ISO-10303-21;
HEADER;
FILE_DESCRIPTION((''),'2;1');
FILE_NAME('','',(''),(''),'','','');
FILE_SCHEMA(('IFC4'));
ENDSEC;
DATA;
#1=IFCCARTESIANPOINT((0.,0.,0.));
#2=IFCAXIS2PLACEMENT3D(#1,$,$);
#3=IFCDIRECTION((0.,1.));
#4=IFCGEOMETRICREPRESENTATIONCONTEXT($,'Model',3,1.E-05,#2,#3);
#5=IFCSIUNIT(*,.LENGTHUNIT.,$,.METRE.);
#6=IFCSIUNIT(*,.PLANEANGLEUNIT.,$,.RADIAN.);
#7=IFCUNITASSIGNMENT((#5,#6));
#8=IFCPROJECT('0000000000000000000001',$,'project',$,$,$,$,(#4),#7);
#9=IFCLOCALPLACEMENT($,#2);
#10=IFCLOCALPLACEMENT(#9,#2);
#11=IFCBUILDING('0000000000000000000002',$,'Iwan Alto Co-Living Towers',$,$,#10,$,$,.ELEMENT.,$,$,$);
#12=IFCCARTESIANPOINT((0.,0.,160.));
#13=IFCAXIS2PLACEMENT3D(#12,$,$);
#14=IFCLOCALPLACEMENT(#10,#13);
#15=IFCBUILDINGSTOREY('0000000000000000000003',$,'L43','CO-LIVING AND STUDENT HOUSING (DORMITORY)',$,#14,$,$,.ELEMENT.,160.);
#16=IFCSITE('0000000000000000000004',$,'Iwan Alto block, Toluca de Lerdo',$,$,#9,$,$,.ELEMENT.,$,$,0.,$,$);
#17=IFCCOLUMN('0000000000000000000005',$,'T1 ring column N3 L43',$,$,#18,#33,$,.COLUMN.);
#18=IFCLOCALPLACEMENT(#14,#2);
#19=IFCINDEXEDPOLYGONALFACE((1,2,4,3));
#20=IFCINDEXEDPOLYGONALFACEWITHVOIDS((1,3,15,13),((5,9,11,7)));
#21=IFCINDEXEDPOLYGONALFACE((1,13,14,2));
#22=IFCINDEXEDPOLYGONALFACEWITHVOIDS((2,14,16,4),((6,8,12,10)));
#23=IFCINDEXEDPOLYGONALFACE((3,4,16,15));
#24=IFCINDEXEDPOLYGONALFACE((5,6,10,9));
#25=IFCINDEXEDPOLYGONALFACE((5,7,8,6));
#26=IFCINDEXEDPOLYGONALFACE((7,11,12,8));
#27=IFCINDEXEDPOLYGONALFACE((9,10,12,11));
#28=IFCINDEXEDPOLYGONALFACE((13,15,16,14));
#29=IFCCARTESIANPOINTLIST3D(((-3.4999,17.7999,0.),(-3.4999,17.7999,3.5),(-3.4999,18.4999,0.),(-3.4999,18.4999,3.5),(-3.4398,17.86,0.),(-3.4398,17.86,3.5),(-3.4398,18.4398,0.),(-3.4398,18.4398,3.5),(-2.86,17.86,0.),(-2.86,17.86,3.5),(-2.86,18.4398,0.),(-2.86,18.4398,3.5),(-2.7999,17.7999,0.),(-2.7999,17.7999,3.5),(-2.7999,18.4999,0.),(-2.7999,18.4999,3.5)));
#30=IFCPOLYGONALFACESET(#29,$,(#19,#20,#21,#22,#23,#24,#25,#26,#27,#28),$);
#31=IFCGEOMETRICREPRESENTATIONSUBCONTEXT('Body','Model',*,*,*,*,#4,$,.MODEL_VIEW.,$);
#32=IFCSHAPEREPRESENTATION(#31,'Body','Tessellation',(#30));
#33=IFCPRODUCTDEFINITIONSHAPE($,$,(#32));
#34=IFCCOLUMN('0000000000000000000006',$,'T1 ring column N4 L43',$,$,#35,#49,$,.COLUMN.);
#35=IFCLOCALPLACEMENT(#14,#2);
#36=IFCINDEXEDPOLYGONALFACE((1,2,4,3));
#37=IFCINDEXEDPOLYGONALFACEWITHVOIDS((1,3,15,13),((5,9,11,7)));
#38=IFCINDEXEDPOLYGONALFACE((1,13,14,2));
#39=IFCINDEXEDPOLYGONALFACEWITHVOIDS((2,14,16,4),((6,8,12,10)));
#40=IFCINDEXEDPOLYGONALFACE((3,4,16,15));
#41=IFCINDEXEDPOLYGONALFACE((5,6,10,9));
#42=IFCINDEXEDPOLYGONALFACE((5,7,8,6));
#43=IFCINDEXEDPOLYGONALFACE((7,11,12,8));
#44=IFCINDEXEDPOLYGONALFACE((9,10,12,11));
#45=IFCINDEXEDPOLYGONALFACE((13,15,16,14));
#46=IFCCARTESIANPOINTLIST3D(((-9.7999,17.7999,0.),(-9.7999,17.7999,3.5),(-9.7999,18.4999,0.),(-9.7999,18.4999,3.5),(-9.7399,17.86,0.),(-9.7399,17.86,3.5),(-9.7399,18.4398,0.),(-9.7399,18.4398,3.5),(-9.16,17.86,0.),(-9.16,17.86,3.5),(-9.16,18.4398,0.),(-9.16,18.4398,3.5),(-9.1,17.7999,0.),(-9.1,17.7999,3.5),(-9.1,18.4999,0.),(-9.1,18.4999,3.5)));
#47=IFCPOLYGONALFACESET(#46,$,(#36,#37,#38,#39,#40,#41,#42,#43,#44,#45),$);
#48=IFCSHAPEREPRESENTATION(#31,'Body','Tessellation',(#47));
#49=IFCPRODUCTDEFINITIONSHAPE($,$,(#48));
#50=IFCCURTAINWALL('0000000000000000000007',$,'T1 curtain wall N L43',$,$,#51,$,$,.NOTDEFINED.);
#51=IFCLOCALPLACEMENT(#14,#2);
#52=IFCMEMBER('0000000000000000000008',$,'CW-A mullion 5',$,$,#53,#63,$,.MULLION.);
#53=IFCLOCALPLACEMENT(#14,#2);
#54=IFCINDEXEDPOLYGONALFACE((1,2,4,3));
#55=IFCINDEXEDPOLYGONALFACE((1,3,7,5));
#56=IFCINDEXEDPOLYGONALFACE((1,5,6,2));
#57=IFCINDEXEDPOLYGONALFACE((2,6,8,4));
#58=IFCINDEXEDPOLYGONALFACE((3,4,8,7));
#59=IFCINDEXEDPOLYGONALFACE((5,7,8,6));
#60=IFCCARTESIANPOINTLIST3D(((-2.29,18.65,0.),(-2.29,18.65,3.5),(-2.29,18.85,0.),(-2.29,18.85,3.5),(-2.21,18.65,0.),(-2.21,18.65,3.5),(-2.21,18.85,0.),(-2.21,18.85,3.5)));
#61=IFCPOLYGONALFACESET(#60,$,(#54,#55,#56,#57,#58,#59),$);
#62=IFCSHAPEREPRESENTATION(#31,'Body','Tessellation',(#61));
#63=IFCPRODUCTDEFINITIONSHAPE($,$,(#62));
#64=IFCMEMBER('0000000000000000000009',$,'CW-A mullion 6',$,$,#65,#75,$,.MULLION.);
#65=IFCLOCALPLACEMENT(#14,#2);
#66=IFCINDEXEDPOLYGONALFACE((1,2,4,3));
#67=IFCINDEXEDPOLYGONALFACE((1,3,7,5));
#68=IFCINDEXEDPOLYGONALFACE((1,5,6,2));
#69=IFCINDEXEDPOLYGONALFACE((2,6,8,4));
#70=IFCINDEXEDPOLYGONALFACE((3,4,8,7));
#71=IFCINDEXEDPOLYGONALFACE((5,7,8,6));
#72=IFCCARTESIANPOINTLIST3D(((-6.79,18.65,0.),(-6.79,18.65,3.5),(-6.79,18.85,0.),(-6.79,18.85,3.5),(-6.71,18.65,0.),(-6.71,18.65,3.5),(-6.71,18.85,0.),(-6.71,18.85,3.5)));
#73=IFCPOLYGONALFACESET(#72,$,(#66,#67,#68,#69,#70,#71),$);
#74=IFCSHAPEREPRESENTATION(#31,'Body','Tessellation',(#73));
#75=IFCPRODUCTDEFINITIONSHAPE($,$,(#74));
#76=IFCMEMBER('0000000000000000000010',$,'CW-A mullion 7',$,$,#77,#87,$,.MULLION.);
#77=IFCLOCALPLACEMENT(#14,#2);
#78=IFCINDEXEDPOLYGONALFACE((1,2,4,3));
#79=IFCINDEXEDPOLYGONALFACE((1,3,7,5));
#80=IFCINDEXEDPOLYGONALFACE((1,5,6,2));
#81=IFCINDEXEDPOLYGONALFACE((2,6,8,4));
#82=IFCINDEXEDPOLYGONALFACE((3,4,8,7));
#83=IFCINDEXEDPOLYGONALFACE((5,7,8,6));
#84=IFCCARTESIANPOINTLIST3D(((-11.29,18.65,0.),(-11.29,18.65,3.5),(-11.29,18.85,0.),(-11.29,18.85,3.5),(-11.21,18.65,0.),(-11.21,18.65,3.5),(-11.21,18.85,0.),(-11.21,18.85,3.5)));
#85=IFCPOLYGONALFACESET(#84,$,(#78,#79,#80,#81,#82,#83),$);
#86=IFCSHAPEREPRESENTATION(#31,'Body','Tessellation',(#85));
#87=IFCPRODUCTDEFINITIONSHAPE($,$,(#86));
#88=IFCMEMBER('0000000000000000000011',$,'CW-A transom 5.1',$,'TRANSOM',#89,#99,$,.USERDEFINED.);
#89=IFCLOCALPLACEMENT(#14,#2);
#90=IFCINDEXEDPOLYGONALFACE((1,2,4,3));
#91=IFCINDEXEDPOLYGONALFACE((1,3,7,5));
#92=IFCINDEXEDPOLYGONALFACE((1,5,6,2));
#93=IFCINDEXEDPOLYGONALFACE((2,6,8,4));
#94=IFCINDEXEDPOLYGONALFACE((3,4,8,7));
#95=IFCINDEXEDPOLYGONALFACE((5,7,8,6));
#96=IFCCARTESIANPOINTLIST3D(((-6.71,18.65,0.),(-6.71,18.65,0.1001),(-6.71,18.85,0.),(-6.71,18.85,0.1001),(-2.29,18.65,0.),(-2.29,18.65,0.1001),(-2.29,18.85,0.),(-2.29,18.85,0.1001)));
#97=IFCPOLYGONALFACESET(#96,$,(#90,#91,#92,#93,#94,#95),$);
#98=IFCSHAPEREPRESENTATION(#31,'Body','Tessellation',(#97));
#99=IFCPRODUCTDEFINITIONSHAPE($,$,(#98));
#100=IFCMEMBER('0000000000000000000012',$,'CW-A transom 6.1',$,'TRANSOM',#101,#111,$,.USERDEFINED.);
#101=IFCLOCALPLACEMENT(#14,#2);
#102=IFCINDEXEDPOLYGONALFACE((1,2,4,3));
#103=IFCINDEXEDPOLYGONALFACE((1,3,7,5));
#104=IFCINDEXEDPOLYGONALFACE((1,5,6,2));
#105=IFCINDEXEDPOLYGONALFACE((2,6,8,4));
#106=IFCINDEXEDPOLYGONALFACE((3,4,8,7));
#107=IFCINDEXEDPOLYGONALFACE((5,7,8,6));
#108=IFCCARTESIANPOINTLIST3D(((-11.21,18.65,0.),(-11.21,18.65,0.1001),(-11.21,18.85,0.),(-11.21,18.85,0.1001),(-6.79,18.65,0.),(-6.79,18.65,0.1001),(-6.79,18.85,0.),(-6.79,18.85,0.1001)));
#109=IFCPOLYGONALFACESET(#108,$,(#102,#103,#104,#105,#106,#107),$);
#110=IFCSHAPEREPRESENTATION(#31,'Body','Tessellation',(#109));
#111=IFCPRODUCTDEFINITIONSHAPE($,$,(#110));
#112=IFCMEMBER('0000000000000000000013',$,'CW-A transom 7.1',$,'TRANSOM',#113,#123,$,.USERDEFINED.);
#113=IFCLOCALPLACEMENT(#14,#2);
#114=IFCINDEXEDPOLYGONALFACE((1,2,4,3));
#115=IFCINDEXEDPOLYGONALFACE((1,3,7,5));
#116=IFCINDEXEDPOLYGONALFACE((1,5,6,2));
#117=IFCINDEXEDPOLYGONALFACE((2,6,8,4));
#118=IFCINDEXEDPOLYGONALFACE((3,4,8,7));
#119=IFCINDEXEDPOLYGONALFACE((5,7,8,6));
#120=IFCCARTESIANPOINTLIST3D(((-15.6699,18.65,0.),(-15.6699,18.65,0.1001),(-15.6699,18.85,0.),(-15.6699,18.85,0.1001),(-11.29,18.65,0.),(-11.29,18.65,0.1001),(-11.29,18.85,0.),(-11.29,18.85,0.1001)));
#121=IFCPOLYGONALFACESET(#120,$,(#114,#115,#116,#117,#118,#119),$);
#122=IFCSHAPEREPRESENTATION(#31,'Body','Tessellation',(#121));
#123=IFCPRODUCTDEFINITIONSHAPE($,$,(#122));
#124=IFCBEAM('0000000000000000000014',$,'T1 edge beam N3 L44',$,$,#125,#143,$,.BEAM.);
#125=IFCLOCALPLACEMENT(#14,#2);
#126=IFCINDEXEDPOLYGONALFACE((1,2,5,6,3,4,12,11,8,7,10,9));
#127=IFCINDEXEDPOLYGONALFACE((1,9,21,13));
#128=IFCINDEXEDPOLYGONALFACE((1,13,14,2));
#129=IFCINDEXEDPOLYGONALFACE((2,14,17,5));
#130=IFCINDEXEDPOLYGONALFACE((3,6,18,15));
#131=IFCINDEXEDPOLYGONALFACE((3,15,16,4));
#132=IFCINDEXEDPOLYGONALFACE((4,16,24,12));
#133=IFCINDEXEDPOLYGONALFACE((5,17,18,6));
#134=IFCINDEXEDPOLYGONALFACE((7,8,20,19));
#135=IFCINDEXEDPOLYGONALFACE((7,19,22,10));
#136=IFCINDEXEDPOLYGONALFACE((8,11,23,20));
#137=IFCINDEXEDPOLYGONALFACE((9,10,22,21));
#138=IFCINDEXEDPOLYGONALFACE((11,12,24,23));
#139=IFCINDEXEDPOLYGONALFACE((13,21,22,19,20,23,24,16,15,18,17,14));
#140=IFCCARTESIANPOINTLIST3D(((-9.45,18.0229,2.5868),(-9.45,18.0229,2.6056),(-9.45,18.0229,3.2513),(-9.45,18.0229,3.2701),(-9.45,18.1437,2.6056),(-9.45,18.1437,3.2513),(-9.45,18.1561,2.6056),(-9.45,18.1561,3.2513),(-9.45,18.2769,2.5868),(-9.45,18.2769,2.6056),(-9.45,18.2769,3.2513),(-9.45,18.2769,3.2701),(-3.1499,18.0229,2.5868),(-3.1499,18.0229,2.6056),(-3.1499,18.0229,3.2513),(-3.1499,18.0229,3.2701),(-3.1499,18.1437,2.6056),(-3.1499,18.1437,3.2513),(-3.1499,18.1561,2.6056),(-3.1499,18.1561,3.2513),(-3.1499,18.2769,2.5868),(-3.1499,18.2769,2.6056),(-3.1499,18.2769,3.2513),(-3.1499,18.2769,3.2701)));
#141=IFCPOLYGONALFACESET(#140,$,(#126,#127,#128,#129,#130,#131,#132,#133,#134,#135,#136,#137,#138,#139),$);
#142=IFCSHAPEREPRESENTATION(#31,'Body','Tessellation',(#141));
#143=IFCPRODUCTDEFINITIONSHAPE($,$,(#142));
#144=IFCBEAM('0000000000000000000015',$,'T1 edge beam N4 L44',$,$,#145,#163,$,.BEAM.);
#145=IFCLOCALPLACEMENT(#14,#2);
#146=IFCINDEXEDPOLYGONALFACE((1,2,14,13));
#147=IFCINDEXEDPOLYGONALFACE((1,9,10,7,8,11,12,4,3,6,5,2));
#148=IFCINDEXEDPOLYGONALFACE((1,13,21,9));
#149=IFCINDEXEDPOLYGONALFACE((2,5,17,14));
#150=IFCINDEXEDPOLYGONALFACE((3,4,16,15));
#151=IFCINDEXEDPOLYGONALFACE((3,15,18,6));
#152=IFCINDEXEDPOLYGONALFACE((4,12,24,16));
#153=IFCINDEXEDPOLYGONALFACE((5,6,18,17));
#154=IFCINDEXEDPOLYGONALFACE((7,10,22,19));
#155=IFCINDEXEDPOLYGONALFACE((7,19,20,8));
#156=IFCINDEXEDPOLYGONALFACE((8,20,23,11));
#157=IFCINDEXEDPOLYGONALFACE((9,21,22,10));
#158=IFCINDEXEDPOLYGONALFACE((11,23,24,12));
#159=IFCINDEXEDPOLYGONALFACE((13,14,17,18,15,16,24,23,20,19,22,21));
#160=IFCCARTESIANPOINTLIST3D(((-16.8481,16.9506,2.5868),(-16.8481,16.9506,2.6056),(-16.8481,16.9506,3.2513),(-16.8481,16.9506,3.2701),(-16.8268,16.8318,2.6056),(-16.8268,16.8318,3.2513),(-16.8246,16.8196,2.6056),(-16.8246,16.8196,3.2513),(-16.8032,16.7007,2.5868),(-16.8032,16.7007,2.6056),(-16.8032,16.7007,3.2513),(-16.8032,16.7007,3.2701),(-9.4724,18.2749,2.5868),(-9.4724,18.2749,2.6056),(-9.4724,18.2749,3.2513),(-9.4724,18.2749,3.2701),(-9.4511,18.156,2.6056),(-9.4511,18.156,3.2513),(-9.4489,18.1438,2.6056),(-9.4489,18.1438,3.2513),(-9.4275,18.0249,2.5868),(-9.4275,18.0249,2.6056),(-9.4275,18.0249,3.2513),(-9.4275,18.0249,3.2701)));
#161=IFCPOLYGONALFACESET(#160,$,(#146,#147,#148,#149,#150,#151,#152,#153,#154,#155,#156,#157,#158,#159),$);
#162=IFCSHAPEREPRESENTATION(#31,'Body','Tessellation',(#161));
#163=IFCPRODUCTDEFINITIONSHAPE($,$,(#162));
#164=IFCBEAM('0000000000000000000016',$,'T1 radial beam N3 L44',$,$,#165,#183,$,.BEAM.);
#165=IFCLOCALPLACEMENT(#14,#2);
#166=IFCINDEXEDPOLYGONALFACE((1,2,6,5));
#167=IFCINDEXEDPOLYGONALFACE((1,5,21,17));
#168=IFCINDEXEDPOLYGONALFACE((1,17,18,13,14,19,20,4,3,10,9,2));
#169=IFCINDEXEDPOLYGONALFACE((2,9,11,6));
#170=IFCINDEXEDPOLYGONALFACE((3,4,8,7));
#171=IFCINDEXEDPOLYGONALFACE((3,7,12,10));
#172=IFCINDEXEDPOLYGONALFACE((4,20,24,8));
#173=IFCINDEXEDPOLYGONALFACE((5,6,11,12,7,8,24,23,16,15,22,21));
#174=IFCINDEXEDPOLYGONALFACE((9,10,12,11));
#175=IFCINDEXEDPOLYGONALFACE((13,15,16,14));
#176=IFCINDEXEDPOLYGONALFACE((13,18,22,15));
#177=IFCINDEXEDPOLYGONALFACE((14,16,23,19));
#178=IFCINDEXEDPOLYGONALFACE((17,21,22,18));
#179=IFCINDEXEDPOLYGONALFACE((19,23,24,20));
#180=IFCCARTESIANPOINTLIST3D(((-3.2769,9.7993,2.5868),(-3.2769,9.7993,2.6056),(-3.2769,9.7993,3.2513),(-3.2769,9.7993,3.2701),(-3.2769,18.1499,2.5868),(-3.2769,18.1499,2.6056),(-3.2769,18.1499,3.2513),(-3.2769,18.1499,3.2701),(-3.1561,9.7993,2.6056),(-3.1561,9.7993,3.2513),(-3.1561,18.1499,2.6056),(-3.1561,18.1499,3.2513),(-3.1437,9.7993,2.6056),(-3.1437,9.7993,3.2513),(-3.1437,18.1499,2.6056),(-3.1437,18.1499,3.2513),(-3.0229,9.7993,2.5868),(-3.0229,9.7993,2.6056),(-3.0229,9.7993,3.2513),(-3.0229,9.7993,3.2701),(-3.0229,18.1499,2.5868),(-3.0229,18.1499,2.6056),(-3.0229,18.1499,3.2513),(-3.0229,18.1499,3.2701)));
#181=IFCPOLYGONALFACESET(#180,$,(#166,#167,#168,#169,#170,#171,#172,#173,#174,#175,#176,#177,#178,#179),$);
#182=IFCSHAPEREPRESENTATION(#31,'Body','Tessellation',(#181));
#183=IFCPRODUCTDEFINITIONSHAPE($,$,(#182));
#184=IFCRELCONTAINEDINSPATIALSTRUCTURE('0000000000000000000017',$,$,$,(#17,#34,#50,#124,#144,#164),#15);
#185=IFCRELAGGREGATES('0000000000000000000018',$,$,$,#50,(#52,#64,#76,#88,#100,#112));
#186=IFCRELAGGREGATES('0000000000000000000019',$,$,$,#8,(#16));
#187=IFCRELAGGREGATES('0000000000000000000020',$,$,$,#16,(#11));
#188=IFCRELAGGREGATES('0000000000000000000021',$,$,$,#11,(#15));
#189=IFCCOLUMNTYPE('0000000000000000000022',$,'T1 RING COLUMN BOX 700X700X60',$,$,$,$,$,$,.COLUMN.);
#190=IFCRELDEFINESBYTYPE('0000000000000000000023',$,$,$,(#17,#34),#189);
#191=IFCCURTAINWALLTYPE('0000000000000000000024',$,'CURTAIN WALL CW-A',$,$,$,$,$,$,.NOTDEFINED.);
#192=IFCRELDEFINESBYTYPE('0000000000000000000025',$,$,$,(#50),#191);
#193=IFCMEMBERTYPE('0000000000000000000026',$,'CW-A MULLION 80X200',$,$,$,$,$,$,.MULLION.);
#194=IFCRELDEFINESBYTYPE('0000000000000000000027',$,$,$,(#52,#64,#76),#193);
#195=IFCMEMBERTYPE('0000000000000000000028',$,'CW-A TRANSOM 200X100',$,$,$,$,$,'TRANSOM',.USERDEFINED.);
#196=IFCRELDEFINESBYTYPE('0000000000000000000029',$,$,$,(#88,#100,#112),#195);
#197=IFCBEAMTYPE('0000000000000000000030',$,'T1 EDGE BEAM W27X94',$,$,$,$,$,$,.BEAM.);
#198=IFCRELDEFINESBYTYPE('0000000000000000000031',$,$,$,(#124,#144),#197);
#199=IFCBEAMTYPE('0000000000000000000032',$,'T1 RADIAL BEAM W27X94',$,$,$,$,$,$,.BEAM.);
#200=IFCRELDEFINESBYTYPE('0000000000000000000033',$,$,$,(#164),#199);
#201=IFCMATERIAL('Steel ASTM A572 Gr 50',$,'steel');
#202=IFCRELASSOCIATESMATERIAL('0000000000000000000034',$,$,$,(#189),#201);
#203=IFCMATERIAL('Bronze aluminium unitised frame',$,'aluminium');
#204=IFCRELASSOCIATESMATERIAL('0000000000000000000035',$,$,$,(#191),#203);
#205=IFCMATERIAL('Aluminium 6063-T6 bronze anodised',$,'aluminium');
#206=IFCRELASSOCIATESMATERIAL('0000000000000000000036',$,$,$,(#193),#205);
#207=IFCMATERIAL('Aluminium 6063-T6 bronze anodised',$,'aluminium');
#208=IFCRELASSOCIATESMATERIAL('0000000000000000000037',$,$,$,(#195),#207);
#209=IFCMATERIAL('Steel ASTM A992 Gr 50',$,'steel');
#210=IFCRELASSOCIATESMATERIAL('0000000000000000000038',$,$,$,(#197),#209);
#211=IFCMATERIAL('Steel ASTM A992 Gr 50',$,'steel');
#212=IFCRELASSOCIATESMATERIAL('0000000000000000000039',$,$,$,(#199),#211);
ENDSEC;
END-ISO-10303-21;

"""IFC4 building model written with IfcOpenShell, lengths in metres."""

from ifc_helpers import new_model, si_unit, direction, frame, origin, origin_2d, place, context, subcontext, project, spatial, rectangle, hollow_rectangle, i_section, extrude, material, material_profile, profile_set, type_object, element, aggregate, save


model = new_model("IFC4")

# Units and contexts
model_context = context("Model", 3, precision=1e-05, world=origin(), true_north=direction((0.0, 1.0)))
body_context = subcontext(model_context, "Body", "Model", "MODEL_VIEW")
ifc_project = project(units=[si_unit("LENGTHUNIT", "METRE"), si_unit("PLANEANGLEUNIT", "RADIAN")], contexts=[model_context])

# Site, building, storey
site_placement = place(None, origin())
site = spatial("IfcSite", under=ifc_project, at=site_placement, Name="Iwan Alto block, Toluca de Lerdo", CompositionType="ELEMENT", RefElevation=0.0)
building_placement = place(site_placement, origin())
building = spatial("IfcBuilding", under=site, at=building_placement, Name="Iwan Alto Co-Living Towers", CompositionType="ELEMENT")
storey_placement = place(building_placement, frame((0.0, 0.0, 160.0)))
storey = spatial("IfcBuildingStorey", under=building, at=storey_placement, Name="L43", Description="CO-LIVING AND STUDENT HOUSING (DORMITORY)", CompositionType="ELEMENT", Elevation=160.0)

# Columns
ifc_material_1 = material(Name="Steel ASTM A572 Gr 50", Category="steel")
ifc_material_profile_1 = material_profile(ifc_material_1, hollow_rectangle(XDim=0.7, YDim=0.7, WallThickness=0.0601, at=origin_2d()), Name="BOX 700X700X60")
ifc_profile_set_1 = profile_set([ifc_material_profile_1], Name="Steel ASTM A572 Gr 50")
column_type = type_object("IfcColumnType", Name="T1 RING COLUMN BOX 700X700X60", PredefinedType="COLUMN", material=ifc_profile_set_1)
for number, where, z_axis, x_axis, name in (
    (1, (-3.1499, 18.1499, 0.0), (0.0, 0.0, 1.0), (1.0, 0.0, 0.0), "T1 ring column N3 L43"),
    (2, (-9.45, 18.1499, 0.0), (0.0, 0.0, 1.0), (1.0, 0.0, 0.0), "T1 ring column N4 L43"),
):
    element("IfcColumn", number, at=place(storey_placement, frame(where, z_axis=z_axis, x_axis=x_axis)), inside=storey, type_object=column_type, Name=name, PredefinedType="COLUMN", context=body_context, shape_type="SweptSolid", body=[
        extrude(hollow_rectangle(XDim=0.7, YDim=0.7, WallThickness=0.0601, at=origin_2d()), origin(), (0.0, 0.0, 1.0), 3.5),
    ])

# Curtain wall, members
ifc_material_2 = material(Name="Bronze aluminium unitised frame", Category="aluminium")
curtain_wall_type = type_object("IfcCurtainWallType", Name="CURTAIN WALL CW-A", PredefinedType="NOTDEFINED", material=ifc_material_2)
curtain_wall_placement = place(storey_placement, origin())
curtain_wall = element("IfcCurtainWall", 3, at=curtain_wall_placement, inside=storey, type_object=curtain_wall_type, Name="T1 curtain wall N L43", PredefinedType="NOTDEFINED")
ifc_material_3 = material(Name="Aluminium 6063-T6 bronze anodised", Category="aluminium")
ifc_material_profile_2 = material_profile(ifc_material_3, rectangle(XDim=0.2, YDim=0.0801, at=origin_2d()), Name="AL 80X200")
ifc_profile_set_2 = profile_set([ifc_material_profile_2], Name="Aluminium 6063-T6 bronze anodised")
member_type_1 = type_object("IfcMemberType", Name="CW-A MULLION 80X200", PredefinedType="MULLION", material=ifc_profile_set_2)
member_1_placement = place(storey_placement, frame((-2.25, 18.75, 0.0), z_axis=(0.0, 0.0, 1.0), x_axis=(0.0, -1.0, 0.0)))
member_1 = element("IfcMember", 4, at=member_1_placement, type_object=member_type_1, Name="CW-A mullion 5", PredefinedType="MULLION", context=body_context, shape_type="SweptSolid", body=[
    extrude(rectangle(XDim=0.2, YDim=0.0801, at=origin_2d()), origin(), (0.0, 0.0, 1.0), 3.5),
])
member_2_placement = place(storey_placement, frame((-6.75, 18.75, 0.0), z_axis=(0.0, 0.0, 1.0), x_axis=(0.0, -1.0, 0.0)))
member_2 = element("IfcMember", 5, at=member_2_placement, type_object=member_type_1, Name="CW-A mullion 6", PredefinedType="MULLION", context=body_context, shape_type="SweptSolid", body=[
    extrude(rectangle(XDim=0.2, YDim=0.0801, at=origin_2d()), origin(), (0.0, 0.0, 1.0), 3.5),
])
member_3_placement = place(storey_placement, frame((-11.25, 18.75, 0.0), z_axis=(0.0, 0.0, 1.0), x_axis=(0.0, -1.0, 0.0)))
member_3 = element("IfcMember", 6, at=member_3_placement, type_object=member_type_1, Name="CW-A mullion 7", PredefinedType="MULLION", context=body_context, shape_type="SweptSolid", body=[
    extrude(rectangle(XDim=0.2, YDim=0.0801, at=origin_2d()), origin(), (0.0, 0.0, 1.0), 3.5),
])
ifc_material_4 = material(Name="Aluminium 6063-T6 bronze anodised", Category="aluminium")
ifc_material_profile_3 = material_profile(ifc_material_4, rectangle(XDim=0.2, YDim=0.1001, at=origin_2d()), Name="AL 200X100")
ifc_profile_set_3 = profile_set([ifc_material_profile_3], Name="Aluminium 6063-T6 bronze anodised")
member_type_2 = type_object("IfcMemberType", Name="CW-A TRANSOM 200X100", ElementType="TRANSOM", PredefinedType="USERDEFINED", material=ifc_profile_set_3)
member_4_placement = place(storey_placement, frame((-2.29, 18.75, 0.05), z_axis=(-1.0, 0.0, 0.0), x_axis=(0.0, -1.0, 0.0)))
member_4 = element("IfcMember", 7, at=member_4_placement, type_object=member_type_2, Name="CW-A transom 5.1", ObjectType="TRANSOM", PredefinedType="USERDEFINED", context=body_context, shape_type="SweptSolid", body=[
    extrude(rectangle(XDim=0.2, YDim=0.1001, at=origin_2d()), origin(), (0.0, 0.0, 1.0), 4.4199),
])
member_5_placement = place(storey_placement, frame((-6.79, 18.75, 0.05), z_axis=(-1.0, 0.0, 0.0), x_axis=(0.0, -1.0, 0.0)))
member_5 = element("IfcMember", 8, at=member_5_placement, type_object=member_type_2, Name="CW-A transom 6.1", ObjectType="TRANSOM", PredefinedType="USERDEFINED", context=body_context, shape_type="SweptSolid", body=[
    extrude(rectangle(XDim=0.2, YDim=0.1001, at=origin_2d()), origin(), (0.0, 0.0, 1.0), 4.4199),
])
member_6_placement = place(storey_placement, frame((-11.29, 18.75, 0.05), z_axis=(-1.0, 0.0, 0.0), x_axis=(0.0, -1.0, 0.0)))
member_6 = element("IfcMember", 9, at=member_6_placement, type_object=member_type_2, Name="CW-A transom 7.1", ObjectType="TRANSOM", PredefinedType="USERDEFINED", context=body_context, shape_type="SweptSolid", body=[
    extrude(rectangle(XDim=0.2, YDim=0.1001, at=origin_2d()), origin(), (0.0, 0.0, 1.0), 4.3799),
])

# Beams
ifc_material_5 = material(Name="Steel ASTM A992 Gr 50", Category="steel")
ifc_material_profile_4 = material_profile(ifc_material_5, i_section(OverallWidth=0.2539, OverallDepth=0.6833, WebThickness=0.0125, FlangeThickness=0.0188, at=origin_2d()), Name="W27X94")
ifc_profile_set_4 = profile_set([ifc_material_profile_4], Name="Steel ASTM A992 Gr 50")
beam_type_1 = type_object("IfcBeamType", Name="T1 EDGE BEAM W27X94", PredefinedType="BEAM", material=ifc_profile_set_4)
beam_1_placement = place(storey_placement, frame((-3.1499, 18.1499, 2.9285), z_axis=(-1.0, 0.0, 0.0), x_axis=(0.0, -1.0, 0.0)))
element("IfcBeam", 10, at=beam_1_placement, inside=storey, type_object=beam_type_1, Name="T1 edge beam N3 L44", PredefinedType="BEAM", context=body_context, shape_type="SweptSolid", body=[
    extrude(i_section(OverallWidth=0.2539, OverallDepth=0.6833, WebThickness=0.0125, FlangeThickness=0.0188, at=origin_2d()), origin(), (0.0, 0.0, 1.0), 6.3),
])
beam_2_placement = place(storey_placement, frame((-9.45, 18.1499, 2.9285), z_axis=(-0.984263, -0.176712, 0.0), x_axis=(0.176712, -0.984263, 0.0)))
element("IfcBeam", 11, at=beam_2_placement, inside=storey, type_object=beam_type_1, Name="T1 edge beam N4 L44", PredefinedType="BEAM", context=body_context, shape_type="SweptSolid", body=[
    extrude(i_section(OverallWidth=0.2539, OverallDepth=0.6833, WebThickness=0.0125, FlangeThickness=0.0188, at=origin_2d()), origin(), (0.0, 0.0, 1.0), 7.4937),
])
ifc_material_6 = material(Name="Steel ASTM A992 Gr 50", Category="steel")
ifc_material_profile_5 = material_profile(ifc_material_6, i_section(OverallWidth=0.2539, OverallDepth=0.6833, WebThickness=0.0125, FlangeThickness=0.0188, at=origin_2d()), Name="W27X94")
ifc_profile_set_5 = profile_set([ifc_material_profile_5], Name="Steel ASTM A992 Gr 50")
beam_type_2 = type_object("IfcBeamType", Name="T1 RADIAL BEAM W27X94", PredefinedType="BEAM", material=ifc_profile_set_5)
for number, where, z_axis, x_axis, name in (
    (12, (-3.1499, 18.1499, 2.9285), (0.0, -1.0, 0.0), (1.0, 0.0, 0.0), "T1 radial beam N3 L44"),
):
    element("IfcBeam", number, at=place(storey_placement, frame(where, z_axis=z_axis, x_axis=x_axis)), inside=storey, type_object=beam_type_2, Name=name, PredefinedType="BEAM", context=body_context, shape_type="SweptSolid", body=[
        extrude(i_section(OverallWidth=0.2539, OverallDepth=0.6833, WebThickness=0.0125, FlangeThickness=0.0188, at=origin_2d()), origin(), (0.0, 0.0, 1.0), 8.3506),
    ])

aggregate(curtain_wall, [member_1, member_2, member_3, member_4, member_5, member_6])

save(model, "model.ifc")
